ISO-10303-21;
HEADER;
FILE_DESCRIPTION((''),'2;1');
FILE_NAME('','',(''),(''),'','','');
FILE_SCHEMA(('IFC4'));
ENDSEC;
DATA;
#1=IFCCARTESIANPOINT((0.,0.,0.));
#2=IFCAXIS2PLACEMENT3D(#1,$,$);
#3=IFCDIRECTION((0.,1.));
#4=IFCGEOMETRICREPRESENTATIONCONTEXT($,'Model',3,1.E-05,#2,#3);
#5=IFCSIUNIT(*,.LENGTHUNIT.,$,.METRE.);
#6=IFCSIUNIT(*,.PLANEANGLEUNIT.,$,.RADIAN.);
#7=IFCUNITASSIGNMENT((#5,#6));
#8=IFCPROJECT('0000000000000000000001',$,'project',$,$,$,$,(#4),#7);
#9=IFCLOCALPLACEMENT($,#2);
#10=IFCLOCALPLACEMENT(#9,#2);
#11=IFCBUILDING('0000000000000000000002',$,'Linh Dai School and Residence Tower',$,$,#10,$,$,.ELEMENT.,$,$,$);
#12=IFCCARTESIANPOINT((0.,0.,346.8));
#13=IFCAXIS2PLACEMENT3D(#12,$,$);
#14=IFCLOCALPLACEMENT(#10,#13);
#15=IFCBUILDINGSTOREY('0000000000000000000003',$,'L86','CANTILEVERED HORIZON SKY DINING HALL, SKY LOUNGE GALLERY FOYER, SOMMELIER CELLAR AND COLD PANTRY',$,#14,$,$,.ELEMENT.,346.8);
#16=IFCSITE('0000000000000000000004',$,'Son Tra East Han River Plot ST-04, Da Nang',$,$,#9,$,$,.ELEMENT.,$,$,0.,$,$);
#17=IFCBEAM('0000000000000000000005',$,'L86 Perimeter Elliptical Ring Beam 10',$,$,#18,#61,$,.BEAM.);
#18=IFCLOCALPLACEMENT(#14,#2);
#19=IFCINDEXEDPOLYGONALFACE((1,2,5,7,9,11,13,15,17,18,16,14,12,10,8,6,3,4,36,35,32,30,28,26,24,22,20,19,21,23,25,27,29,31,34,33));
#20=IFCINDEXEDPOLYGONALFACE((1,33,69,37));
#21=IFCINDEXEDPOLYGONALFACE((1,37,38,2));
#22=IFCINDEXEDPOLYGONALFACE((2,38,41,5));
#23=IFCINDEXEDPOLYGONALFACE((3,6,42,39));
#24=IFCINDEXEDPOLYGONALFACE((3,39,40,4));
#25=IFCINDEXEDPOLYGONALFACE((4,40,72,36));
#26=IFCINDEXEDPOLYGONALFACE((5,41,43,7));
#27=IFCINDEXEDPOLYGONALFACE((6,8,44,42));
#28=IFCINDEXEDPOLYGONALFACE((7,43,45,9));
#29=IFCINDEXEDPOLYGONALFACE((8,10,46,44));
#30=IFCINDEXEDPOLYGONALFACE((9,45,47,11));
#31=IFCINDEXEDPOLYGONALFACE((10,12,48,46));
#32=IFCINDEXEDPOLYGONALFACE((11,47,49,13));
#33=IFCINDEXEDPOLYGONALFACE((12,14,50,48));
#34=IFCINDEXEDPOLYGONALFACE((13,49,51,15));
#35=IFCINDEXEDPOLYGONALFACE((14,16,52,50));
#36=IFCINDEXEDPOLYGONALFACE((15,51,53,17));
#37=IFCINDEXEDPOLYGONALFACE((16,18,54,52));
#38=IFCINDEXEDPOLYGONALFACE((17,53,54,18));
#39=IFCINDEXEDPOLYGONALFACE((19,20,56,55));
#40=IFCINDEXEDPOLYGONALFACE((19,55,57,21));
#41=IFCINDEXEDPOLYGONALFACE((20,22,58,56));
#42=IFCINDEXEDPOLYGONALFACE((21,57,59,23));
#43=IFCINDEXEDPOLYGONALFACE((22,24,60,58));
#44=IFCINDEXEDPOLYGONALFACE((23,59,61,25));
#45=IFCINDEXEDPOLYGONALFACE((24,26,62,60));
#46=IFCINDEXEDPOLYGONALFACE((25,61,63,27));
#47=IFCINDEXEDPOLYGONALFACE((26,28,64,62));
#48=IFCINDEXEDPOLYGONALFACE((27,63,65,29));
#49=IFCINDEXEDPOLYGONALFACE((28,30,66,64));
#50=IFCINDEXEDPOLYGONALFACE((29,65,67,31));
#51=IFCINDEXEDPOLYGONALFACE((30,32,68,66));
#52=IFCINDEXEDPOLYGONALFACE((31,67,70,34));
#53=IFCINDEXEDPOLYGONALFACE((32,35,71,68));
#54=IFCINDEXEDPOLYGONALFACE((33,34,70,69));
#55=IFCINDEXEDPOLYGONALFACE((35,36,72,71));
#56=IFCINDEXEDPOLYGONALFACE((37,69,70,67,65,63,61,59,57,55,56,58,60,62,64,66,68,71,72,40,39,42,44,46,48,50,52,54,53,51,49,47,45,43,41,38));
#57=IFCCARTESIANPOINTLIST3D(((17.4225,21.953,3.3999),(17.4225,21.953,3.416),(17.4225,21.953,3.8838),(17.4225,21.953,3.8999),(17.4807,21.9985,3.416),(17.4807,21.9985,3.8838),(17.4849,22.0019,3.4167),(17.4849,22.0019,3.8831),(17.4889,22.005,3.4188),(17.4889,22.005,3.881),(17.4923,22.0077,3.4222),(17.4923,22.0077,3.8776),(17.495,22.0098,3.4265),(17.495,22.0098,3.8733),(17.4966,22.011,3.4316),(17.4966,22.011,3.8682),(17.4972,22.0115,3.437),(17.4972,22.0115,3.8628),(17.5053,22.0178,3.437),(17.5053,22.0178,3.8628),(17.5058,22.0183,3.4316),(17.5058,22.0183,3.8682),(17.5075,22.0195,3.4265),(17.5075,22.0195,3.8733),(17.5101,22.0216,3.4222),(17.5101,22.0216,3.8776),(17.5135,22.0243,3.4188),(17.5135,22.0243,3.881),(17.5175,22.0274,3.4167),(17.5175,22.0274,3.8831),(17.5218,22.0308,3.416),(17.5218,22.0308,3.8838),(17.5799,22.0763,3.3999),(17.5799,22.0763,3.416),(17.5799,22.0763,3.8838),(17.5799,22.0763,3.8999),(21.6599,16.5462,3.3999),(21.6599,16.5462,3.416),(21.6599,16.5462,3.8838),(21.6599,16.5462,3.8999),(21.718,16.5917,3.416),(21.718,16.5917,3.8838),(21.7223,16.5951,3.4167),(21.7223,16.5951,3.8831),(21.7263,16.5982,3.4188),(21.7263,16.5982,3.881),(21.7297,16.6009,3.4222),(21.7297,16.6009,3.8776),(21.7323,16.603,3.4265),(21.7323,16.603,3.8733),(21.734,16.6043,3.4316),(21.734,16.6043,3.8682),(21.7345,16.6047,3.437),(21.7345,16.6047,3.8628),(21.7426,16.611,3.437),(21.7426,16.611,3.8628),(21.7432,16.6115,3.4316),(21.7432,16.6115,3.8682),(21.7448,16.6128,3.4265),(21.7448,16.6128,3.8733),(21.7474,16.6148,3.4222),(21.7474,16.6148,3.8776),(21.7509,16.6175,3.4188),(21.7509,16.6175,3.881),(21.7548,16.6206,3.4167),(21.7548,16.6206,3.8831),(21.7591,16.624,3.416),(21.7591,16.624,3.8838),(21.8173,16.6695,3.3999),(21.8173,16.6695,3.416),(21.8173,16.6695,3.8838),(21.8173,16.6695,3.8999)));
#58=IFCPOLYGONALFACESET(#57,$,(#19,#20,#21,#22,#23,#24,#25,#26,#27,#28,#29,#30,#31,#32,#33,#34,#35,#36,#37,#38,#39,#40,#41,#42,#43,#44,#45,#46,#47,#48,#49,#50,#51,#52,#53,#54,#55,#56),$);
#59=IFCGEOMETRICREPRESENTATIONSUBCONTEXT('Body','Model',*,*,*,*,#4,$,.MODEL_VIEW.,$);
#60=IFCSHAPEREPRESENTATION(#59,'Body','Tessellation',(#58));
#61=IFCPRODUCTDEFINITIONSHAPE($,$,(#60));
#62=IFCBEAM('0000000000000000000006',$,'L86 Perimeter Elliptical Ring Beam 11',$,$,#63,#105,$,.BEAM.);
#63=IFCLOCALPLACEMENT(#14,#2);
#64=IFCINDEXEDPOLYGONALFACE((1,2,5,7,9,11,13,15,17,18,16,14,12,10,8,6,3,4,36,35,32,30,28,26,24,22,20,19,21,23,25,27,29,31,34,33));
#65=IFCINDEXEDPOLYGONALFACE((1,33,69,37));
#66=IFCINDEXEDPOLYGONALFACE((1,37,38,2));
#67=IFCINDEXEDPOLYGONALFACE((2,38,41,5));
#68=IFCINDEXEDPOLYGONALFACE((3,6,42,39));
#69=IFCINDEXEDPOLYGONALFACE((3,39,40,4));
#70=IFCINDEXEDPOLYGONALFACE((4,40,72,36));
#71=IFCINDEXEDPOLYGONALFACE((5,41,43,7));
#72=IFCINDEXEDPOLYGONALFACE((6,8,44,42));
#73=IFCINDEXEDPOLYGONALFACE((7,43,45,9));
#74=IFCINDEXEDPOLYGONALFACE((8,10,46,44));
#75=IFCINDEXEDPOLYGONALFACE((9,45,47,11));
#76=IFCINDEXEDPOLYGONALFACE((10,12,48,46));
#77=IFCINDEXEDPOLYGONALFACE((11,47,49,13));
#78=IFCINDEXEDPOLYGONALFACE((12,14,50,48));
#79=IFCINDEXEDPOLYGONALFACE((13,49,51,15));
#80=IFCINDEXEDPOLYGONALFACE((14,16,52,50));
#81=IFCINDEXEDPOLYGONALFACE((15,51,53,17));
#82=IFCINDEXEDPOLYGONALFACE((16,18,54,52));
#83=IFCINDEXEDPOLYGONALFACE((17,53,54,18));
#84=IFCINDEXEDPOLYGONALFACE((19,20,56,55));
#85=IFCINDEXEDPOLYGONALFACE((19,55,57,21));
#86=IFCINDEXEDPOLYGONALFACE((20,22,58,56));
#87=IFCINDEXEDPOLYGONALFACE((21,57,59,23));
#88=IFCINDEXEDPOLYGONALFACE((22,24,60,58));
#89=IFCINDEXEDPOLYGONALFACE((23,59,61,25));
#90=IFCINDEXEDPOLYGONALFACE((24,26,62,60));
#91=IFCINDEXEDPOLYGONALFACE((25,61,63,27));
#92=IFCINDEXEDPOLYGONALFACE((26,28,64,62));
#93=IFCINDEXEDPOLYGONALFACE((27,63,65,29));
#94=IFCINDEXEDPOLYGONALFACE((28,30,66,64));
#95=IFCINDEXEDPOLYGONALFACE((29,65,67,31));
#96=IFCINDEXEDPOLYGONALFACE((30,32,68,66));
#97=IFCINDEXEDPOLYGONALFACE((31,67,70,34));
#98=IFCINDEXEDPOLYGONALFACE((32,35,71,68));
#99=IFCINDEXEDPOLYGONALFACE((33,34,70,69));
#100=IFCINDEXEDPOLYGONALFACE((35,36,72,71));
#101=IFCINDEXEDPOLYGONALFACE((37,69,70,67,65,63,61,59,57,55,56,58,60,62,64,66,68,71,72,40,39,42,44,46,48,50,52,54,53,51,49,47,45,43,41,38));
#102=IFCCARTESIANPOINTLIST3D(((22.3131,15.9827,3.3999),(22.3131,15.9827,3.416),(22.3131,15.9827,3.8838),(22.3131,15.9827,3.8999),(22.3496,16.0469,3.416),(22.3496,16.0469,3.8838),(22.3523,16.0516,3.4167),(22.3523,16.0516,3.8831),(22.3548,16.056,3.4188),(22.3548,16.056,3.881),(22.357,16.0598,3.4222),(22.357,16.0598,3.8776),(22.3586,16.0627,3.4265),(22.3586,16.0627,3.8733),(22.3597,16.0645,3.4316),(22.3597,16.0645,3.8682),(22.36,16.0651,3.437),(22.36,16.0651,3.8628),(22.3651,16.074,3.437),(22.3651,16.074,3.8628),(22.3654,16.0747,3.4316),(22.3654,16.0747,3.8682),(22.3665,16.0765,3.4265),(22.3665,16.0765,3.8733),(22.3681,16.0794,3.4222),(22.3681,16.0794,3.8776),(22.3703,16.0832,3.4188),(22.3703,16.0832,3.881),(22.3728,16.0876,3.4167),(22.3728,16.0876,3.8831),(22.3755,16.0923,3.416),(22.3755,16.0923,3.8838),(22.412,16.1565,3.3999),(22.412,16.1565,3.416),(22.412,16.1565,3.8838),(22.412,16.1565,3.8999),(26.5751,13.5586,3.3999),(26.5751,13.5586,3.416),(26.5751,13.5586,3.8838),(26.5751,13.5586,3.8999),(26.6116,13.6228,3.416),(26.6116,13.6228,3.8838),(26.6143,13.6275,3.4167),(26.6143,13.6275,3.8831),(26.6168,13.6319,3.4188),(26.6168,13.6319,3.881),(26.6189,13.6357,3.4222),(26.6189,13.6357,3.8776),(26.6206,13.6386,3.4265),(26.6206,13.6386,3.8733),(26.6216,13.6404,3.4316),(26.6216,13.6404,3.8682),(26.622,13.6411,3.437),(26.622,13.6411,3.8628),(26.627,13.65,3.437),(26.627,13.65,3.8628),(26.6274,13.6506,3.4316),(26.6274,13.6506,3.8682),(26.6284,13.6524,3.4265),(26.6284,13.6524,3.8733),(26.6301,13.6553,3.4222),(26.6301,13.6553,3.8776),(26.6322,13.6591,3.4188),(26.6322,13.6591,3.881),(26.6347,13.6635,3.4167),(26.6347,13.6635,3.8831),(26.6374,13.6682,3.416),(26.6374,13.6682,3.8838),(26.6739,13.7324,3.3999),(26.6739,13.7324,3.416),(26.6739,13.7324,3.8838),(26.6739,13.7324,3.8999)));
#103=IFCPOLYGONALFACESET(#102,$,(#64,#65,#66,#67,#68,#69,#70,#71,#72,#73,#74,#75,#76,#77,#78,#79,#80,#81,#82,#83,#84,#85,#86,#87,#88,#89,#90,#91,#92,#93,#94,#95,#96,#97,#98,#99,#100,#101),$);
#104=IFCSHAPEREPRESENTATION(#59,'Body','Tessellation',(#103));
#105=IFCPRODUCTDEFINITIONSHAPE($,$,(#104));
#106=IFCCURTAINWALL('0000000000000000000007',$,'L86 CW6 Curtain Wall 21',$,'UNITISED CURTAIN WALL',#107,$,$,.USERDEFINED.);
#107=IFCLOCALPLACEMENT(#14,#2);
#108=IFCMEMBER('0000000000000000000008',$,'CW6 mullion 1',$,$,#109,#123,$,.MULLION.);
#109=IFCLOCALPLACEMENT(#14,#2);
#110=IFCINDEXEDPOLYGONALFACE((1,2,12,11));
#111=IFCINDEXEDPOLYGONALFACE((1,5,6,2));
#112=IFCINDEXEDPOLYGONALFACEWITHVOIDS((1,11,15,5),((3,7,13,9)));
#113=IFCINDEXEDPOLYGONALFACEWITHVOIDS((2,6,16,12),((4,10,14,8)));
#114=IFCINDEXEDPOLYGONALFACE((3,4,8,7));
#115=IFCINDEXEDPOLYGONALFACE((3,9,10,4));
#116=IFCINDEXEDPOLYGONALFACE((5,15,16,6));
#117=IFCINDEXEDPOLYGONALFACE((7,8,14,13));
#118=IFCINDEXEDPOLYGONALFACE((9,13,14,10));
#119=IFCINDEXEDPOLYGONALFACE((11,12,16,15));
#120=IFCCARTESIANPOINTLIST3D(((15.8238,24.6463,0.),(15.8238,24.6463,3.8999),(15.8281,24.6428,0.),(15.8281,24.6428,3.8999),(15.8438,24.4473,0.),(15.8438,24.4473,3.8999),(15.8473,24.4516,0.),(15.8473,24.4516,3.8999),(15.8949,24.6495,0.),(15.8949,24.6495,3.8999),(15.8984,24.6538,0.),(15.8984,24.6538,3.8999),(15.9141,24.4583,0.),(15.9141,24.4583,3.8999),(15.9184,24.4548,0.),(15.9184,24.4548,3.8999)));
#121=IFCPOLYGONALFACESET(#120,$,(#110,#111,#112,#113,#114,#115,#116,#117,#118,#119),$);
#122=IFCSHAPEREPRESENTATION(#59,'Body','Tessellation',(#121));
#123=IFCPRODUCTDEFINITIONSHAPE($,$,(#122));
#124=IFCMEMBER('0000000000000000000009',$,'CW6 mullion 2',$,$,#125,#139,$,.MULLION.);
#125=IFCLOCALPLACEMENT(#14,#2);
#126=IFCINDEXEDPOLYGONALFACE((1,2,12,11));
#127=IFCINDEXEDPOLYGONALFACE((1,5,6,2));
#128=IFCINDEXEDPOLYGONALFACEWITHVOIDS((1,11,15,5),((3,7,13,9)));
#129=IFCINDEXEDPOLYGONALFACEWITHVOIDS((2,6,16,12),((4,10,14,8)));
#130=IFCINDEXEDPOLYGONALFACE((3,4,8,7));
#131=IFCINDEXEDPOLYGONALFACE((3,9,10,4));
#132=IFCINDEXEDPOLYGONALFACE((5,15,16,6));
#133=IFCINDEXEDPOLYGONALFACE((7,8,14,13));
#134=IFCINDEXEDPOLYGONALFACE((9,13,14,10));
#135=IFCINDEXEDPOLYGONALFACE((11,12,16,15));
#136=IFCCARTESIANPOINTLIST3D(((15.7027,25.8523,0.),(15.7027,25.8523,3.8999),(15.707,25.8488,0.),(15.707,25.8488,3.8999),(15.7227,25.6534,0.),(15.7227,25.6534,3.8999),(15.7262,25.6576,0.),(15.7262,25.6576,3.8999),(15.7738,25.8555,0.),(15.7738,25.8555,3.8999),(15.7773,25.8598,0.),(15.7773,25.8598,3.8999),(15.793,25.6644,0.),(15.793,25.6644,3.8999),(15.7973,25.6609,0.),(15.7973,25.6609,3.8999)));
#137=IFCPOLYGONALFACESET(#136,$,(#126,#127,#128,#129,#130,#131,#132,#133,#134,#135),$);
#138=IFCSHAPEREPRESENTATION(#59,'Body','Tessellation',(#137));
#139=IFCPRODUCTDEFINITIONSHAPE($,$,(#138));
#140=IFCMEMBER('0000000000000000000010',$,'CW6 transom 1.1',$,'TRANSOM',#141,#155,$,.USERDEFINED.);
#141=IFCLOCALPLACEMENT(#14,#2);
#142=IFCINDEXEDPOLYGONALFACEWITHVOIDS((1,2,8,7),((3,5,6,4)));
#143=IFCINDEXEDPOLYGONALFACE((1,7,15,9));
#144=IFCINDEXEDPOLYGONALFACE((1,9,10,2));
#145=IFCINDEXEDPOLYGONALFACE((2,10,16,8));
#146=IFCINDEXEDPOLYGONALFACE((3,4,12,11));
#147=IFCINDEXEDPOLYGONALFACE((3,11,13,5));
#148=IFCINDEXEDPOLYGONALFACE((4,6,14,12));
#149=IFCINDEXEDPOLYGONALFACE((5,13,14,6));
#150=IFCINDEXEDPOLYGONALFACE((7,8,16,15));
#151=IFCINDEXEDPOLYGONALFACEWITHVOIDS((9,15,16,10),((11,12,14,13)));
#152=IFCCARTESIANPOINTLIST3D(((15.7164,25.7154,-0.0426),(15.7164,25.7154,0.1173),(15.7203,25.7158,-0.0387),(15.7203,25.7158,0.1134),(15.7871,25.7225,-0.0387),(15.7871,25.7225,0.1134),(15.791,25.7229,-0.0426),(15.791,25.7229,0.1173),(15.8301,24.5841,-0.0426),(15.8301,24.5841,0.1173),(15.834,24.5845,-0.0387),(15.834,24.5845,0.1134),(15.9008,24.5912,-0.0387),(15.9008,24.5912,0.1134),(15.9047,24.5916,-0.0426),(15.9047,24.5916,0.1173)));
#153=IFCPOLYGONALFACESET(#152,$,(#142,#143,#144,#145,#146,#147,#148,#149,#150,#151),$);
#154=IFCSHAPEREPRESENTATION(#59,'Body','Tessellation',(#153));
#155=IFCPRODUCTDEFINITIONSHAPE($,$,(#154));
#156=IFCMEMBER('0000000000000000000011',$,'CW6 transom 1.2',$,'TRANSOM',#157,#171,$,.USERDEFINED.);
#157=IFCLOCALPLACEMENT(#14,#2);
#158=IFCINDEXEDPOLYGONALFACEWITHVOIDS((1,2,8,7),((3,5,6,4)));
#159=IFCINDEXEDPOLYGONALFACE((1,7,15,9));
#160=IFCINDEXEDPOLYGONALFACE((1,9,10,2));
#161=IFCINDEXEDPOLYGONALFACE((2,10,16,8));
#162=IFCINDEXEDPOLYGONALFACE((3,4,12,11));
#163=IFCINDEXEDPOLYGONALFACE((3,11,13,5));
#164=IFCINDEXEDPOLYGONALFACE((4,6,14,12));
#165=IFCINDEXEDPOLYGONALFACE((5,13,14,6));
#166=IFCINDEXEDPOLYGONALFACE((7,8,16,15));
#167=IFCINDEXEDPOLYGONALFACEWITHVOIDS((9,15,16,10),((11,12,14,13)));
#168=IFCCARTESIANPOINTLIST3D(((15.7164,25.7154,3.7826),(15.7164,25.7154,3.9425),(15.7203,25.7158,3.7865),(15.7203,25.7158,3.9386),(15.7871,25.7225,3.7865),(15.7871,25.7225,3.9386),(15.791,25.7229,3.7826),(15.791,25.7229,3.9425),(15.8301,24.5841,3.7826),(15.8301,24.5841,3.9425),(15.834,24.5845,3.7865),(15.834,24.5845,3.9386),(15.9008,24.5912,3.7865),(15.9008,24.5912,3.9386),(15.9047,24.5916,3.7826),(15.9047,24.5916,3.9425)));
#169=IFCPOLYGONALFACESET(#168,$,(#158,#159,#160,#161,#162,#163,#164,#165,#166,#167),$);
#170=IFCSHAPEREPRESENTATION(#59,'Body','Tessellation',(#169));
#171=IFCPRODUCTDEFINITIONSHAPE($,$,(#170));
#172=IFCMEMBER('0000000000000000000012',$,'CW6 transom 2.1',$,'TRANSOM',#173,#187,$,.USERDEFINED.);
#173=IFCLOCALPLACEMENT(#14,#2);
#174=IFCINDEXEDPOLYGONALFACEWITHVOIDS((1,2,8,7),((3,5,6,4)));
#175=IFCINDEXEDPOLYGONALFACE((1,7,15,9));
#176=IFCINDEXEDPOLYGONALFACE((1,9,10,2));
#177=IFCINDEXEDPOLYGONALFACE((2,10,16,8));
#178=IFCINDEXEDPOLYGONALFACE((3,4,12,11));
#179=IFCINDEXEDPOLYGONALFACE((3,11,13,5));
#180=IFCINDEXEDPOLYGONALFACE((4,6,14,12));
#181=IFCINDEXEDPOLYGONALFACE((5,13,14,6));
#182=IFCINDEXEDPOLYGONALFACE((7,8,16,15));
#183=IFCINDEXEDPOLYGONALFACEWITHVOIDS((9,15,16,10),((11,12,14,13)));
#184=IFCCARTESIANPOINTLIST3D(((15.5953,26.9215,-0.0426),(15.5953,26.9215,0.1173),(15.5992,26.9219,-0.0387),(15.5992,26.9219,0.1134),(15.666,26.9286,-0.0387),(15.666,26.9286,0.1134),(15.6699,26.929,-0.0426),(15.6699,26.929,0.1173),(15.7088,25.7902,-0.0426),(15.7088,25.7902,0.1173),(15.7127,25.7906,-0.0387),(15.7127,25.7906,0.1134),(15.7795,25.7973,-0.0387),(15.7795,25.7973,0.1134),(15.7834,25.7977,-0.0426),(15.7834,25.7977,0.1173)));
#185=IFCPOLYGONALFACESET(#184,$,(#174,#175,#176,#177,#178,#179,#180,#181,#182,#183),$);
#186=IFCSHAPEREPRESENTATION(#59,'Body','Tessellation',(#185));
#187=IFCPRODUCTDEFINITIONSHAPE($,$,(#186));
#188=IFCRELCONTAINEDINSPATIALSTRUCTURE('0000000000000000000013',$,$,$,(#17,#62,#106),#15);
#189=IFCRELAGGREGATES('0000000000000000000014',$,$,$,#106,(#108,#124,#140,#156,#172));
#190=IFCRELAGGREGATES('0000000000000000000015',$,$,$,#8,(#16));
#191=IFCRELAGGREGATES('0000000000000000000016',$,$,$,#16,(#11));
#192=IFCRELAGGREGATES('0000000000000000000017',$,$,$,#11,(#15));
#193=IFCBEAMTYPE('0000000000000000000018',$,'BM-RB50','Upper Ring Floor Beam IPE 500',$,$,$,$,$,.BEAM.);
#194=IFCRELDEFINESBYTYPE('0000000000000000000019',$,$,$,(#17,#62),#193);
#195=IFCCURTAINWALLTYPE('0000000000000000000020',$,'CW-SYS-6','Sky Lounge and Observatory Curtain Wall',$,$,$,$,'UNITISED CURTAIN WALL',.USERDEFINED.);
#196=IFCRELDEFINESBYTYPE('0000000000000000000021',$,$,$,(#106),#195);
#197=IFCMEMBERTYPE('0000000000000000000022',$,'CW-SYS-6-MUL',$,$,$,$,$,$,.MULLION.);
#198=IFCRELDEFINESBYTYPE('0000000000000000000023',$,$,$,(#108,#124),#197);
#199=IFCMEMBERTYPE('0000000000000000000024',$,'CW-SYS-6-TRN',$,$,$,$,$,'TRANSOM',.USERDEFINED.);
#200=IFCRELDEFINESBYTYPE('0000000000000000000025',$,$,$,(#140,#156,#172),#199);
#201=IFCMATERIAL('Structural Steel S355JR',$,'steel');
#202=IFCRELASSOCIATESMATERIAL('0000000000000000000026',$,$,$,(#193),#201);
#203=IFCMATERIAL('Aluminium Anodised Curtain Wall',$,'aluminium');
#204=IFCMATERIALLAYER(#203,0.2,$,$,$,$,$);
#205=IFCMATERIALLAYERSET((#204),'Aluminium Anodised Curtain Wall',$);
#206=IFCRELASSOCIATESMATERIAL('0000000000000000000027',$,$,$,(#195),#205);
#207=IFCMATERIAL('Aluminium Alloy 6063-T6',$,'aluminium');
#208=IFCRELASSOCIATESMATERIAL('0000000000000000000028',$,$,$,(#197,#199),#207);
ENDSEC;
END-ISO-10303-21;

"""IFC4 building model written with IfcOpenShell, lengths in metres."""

from ifc_helpers import new_model, si_unit, direction, frame, origin, origin_2d, place, context, subcontext, project, spatial, hollow_rectangle, i_section, extrude, source, transform, mapped, material, layer, layer_set, material_profile, profile_set, type_object, element, aggregate, save


model = new_model("IFC4")

# Units and contexts
model_context = context("Model", 3, precision=1e-05, world=origin(), true_north=direction((0.0, 1.0)))
body_context = subcontext(model_context, "Body", "Model", "MODEL_VIEW")
ifc_project = project(units=[si_unit("LENGTHUNIT", "METRE"), si_unit("PLANEANGLEUNIT", "RADIAN")], contexts=[model_context])

# Site, building, storey
site_placement = place(None, origin())
site = spatial("IfcSite", under=ifc_project, at=site_placement, Name="Son Tra East Han River Plot ST-04, Da Nang", CompositionType="ELEMENT", RefElevation=0.0)
building_placement = place(site_placement, origin())
building = spatial("IfcBuilding", under=site, at=building_placement, Name="Linh Dai School and Residence Tower", CompositionType="ELEMENT")
storey_placement = place(building_placement, frame((0.0, 0.0, 346.8)))
storey = spatial("IfcBuildingStorey", under=building, at=storey_placement, Name="L86", Description="CANTILEVERED HORIZON SKY DINING HALL, SKY LOUNGE GALLERY FOYER, SOMMELIER CELLAR AND COLD PANTRY", CompositionType="ELEMENT", Elevation=346.8)

# Shared definitions
ifc_material_1 = material(Name="Structural Steel S355JR", Category="steel")

# Beams
ifc_material_profile_1 = material_profile(ifc_material_1, i_section(OverallWidth=0.2, OverallDepth=0.5, WebThickness=0.0103, FlangeThickness=0.0161, FilletRadius=0.021, at=origin_2d()), Name="IPE 500")
ifc_profile_set_1 = profile_set([ifc_material_profile_1], Name="Structural Steel S355JR")
beam_type_1 = type_object("IfcBeamType", Name="BM-RB50", Description="Upper Ring Floor Beam IPE 500", PredefinedType="BEAM", material=ifc_profile_set_1)
beam_1_placement = place(storey_placement, frame((17.5012, 22.0146, 3.6499), z_axis=(0.616845, -0.787085, 0.0), x_axis=(0.787085, 0.616845, 0.0)))
element("IfcBeam", 1, at=beam_1_placement, inside=storey, type_object=beam_type_1, Name="L86 Perimeter Elliptical Ring Beam 10", PredefinedType="BEAM", context=body_context, shape_type="SweptSolid", body=[
    extrude(i_section(OverallWidth=0.2, OverallDepth=0.5, WebThickness=0.0103, FlangeThickness=0.0161, FilletRadius=0.021, at=origin_2d()), origin(), (0.0, 0.0, 1.0), 6.8694),
])
beam_2_placement = place(storey_placement, frame((22.3625, 16.0696, 3.6499), z_axis=(0.869237, -0.494395, 0.0), x_axis=(0.494395, 0.869237, 0.0)))
element("IfcBeam", 2, at=beam_2_placement, inside=storey, type_object=beam_type_1, Name="L86 Perimeter Elliptical Ring Beam 11", PredefinedType="BEAM", context=body_context, shape_type="SweptSolid", body=[
    extrude(i_section(OverallWidth=0.2, OverallDepth=0.5, WebThickness=0.0103, FlangeThickness=0.0161, FilletRadius=0.021, at=origin_2d()), origin(), (0.0, 0.0, 1.0), 4.9031),
])

# Curtain wall, members
ifc_material_2 = material(Name="Aluminium Anodised Curtain Wall", Category="aluminium")
ifc_layer_1 = layer(ifc_material_2, 0.2)
ifc_layer_set_1 = layer_set([ifc_layer_1], Name="Aluminium Anodised Curtain Wall")
curtain_wall_type = type_object("IfcCurtainWallType", Name="CW-SYS-6", Description="Sky Lounge and Observatory Curtain Wall", ElementType="UNITISED CURTAIN WALL", PredefinedType="USERDEFINED", material=ifc_layer_set_1)
curtain_wall_placement = place(storey_placement, origin())
curtain_wall = element("IfcCurtainWall", 3, at=curtain_wall_placement, inside=storey, type_object=curtain_wall_type, Name="L86 CW6 Curtain Wall 21", ObjectType="UNITISED CURTAIN WALL", PredefinedType="USERDEFINED")
ifc_material_3 = material(Name="Aluminium Alloy 6063-T6", Category="aluminium")
ifc_material_profile_2 = material_profile(ifc_material_3, hollow_rectangle(XDim=0.075, YDim=0.2, WallThickness=0.0039, at=origin_2d()), Name="RHS 200x75x4")
ifc_profile_set_2 = profile_set([ifc_material_profile_2], Name="Aluminium Alloy 6063-T6")
member_type_1 = type_object("IfcMemberType", Name="CW-SYS-6-MUL", PredefinedType="MULLION", material=ifc_profile_set_2)
shared_shape_1 = source(origin(), body_context, "Body", "SweptSolid", [
    extrude(hollow_rectangle(XDim=0.075, YDim=0.2, WallThickness=0.0039, at=origin_2d()), origin(), (0.0, 0.0, 1.0), 3.8999),
])
member_1_placement = place(storey_placement, frame((15.8711, 24.5505, 0.0), z_axis=(0.0, 0.0, 1.0), x_axis=(-0.994988, -0.099992, 0.0)))
member_1 = element("IfcMember", 4, at=member_1_placement, type_object=member_type_1, Name="CW6 mullion 1", PredefinedType="MULLION", context=body_context, shape_type="MappedRepresentation", body=[
    mapped(shared_shape_1, transform((0.0, 0.0, 0.0), x_axis=(1.0, 0.0, 0.0), y_axis=(0.0, 1.0, 0.0), z_axis=(0.0, 0.0, 1.0), scale=1.0)),
])
member_2_placement = place(storey_placement, frame((15.75, 25.7566, 0.0), z_axis=(0.0, 0.0, 1.0), x_axis=(-0.994988, -0.099992, 0.0)))
member_2 = element("IfcMember", 5, at=member_2_placement, type_object=member_type_1, Name="CW6 mullion 2", PredefinedType="MULLION", context=body_context, shape_type="MappedRepresentation", body=[
    mapped(shared_shape_1, transform((0.0, 0.0, 0.0), x_axis=(1.0, 0.0, 0.0), y_axis=(0.0, 1.0, 0.0), z_axis=(0.0, 0.0, 1.0), scale=1.0)),
])
ifc_material_profile_3 = material_profile(ifc_material_3, hollow_rectangle(XDim=0.075, YDim=0.1599, WallThickness=0.0039, at=origin_2d()), Name="RHS 160x75x4")
ifc_profile_set_3 = profile_set([ifc_material_profile_3], Name="Aluminium Alloy 6063-T6")
member_type_2 = type_object("IfcMemberType", Name="CW-SYS-6-TRN", ElementType="TRANSOM", PredefinedType="USERDEFINED", material=ifc_profile_set_3)
shared_shape_2 = source(origin(), body_context, "Body", "SweptSolid", [
    extrude(hollow_rectangle(XDim=0.075, YDim=0.1599, WallThickness=0.0039, at=origin_2d()), origin(), (0.0, 0.0, 1.0), 1.137),
])
member_3_placement = place(storey_placement, frame((15.8674, 24.5879, 0.0374), z_axis=(-0.100056, 0.994982, 0.0), x_axis=(-0.994982, -0.100056, 0.0)))
member_3 = element("IfcMember", 6, at=member_3_placement, type_object=member_type_2, Name="CW6 transom 1.1", ObjectType="TRANSOM", PredefinedType="USERDEFINED", context=body_context, shape_type="MappedRepresentation", body=[
    mapped(shared_shape_2, transform((0.0, 0.0, 0.0), x_axis=(1.0, 0.0, 0.0), y_axis=(0.0, 1.0, 0.0), z_axis=(0.0, 0.0, 1.0), scale=1.0)),
])
member_4_placement = place(storey_placement, frame((15.8674, 24.5879, 3.8625), z_axis=(-0.100056, 0.994982, 0.0), x_axis=(-0.994982, -0.100056, 0.0)))
member_4 = element("IfcMember", 7, at=member_4_placement, type_object=member_type_2, Name="CW6 transom 1.2", ObjectType="TRANSOM", PredefinedType="USERDEFINED", context=body_context, shape_type="MappedRepresentation", body=[
    mapped(shared_shape_2, transform((0.0, 0.0, 0.0), x_axis=(1.0, 0.0, 0.0), y_axis=(0.0, 1.0, 0.0), z_axis=(0.0, 0.0, 1.0), scale=1.0)),
])
member_5_placement = place(storey_placement, frame((15.7461, 25.7939, 0.0374), z_axis=(-0.099844, 0.995003, 0.0), x_axis=(-0.995003, -0.099844, 0.0)))
member_5 = element("IfcMember", 8, at=member_5_placement, type_object=member_type_2, Name="CW6 transom 2.1", ObjectType="TRANSOM", PredefinedType="USERDEFINED", context=body_context, shape_type="MappedRepresentation", body=[
    mapped(shared_shape_2, transform((0.0, 0.0, 0.0), x_axis=(1.0, 0.0, 0.0), y_axis=(0.0, 1.0, 0.0), z_axis=(0.0, 0.0, 1.0), scale=1.0)),
])

aggregate(curtain_wall, [member_1, member_2, member_3, member_4, member_5])

save(model, "model.ifc")
